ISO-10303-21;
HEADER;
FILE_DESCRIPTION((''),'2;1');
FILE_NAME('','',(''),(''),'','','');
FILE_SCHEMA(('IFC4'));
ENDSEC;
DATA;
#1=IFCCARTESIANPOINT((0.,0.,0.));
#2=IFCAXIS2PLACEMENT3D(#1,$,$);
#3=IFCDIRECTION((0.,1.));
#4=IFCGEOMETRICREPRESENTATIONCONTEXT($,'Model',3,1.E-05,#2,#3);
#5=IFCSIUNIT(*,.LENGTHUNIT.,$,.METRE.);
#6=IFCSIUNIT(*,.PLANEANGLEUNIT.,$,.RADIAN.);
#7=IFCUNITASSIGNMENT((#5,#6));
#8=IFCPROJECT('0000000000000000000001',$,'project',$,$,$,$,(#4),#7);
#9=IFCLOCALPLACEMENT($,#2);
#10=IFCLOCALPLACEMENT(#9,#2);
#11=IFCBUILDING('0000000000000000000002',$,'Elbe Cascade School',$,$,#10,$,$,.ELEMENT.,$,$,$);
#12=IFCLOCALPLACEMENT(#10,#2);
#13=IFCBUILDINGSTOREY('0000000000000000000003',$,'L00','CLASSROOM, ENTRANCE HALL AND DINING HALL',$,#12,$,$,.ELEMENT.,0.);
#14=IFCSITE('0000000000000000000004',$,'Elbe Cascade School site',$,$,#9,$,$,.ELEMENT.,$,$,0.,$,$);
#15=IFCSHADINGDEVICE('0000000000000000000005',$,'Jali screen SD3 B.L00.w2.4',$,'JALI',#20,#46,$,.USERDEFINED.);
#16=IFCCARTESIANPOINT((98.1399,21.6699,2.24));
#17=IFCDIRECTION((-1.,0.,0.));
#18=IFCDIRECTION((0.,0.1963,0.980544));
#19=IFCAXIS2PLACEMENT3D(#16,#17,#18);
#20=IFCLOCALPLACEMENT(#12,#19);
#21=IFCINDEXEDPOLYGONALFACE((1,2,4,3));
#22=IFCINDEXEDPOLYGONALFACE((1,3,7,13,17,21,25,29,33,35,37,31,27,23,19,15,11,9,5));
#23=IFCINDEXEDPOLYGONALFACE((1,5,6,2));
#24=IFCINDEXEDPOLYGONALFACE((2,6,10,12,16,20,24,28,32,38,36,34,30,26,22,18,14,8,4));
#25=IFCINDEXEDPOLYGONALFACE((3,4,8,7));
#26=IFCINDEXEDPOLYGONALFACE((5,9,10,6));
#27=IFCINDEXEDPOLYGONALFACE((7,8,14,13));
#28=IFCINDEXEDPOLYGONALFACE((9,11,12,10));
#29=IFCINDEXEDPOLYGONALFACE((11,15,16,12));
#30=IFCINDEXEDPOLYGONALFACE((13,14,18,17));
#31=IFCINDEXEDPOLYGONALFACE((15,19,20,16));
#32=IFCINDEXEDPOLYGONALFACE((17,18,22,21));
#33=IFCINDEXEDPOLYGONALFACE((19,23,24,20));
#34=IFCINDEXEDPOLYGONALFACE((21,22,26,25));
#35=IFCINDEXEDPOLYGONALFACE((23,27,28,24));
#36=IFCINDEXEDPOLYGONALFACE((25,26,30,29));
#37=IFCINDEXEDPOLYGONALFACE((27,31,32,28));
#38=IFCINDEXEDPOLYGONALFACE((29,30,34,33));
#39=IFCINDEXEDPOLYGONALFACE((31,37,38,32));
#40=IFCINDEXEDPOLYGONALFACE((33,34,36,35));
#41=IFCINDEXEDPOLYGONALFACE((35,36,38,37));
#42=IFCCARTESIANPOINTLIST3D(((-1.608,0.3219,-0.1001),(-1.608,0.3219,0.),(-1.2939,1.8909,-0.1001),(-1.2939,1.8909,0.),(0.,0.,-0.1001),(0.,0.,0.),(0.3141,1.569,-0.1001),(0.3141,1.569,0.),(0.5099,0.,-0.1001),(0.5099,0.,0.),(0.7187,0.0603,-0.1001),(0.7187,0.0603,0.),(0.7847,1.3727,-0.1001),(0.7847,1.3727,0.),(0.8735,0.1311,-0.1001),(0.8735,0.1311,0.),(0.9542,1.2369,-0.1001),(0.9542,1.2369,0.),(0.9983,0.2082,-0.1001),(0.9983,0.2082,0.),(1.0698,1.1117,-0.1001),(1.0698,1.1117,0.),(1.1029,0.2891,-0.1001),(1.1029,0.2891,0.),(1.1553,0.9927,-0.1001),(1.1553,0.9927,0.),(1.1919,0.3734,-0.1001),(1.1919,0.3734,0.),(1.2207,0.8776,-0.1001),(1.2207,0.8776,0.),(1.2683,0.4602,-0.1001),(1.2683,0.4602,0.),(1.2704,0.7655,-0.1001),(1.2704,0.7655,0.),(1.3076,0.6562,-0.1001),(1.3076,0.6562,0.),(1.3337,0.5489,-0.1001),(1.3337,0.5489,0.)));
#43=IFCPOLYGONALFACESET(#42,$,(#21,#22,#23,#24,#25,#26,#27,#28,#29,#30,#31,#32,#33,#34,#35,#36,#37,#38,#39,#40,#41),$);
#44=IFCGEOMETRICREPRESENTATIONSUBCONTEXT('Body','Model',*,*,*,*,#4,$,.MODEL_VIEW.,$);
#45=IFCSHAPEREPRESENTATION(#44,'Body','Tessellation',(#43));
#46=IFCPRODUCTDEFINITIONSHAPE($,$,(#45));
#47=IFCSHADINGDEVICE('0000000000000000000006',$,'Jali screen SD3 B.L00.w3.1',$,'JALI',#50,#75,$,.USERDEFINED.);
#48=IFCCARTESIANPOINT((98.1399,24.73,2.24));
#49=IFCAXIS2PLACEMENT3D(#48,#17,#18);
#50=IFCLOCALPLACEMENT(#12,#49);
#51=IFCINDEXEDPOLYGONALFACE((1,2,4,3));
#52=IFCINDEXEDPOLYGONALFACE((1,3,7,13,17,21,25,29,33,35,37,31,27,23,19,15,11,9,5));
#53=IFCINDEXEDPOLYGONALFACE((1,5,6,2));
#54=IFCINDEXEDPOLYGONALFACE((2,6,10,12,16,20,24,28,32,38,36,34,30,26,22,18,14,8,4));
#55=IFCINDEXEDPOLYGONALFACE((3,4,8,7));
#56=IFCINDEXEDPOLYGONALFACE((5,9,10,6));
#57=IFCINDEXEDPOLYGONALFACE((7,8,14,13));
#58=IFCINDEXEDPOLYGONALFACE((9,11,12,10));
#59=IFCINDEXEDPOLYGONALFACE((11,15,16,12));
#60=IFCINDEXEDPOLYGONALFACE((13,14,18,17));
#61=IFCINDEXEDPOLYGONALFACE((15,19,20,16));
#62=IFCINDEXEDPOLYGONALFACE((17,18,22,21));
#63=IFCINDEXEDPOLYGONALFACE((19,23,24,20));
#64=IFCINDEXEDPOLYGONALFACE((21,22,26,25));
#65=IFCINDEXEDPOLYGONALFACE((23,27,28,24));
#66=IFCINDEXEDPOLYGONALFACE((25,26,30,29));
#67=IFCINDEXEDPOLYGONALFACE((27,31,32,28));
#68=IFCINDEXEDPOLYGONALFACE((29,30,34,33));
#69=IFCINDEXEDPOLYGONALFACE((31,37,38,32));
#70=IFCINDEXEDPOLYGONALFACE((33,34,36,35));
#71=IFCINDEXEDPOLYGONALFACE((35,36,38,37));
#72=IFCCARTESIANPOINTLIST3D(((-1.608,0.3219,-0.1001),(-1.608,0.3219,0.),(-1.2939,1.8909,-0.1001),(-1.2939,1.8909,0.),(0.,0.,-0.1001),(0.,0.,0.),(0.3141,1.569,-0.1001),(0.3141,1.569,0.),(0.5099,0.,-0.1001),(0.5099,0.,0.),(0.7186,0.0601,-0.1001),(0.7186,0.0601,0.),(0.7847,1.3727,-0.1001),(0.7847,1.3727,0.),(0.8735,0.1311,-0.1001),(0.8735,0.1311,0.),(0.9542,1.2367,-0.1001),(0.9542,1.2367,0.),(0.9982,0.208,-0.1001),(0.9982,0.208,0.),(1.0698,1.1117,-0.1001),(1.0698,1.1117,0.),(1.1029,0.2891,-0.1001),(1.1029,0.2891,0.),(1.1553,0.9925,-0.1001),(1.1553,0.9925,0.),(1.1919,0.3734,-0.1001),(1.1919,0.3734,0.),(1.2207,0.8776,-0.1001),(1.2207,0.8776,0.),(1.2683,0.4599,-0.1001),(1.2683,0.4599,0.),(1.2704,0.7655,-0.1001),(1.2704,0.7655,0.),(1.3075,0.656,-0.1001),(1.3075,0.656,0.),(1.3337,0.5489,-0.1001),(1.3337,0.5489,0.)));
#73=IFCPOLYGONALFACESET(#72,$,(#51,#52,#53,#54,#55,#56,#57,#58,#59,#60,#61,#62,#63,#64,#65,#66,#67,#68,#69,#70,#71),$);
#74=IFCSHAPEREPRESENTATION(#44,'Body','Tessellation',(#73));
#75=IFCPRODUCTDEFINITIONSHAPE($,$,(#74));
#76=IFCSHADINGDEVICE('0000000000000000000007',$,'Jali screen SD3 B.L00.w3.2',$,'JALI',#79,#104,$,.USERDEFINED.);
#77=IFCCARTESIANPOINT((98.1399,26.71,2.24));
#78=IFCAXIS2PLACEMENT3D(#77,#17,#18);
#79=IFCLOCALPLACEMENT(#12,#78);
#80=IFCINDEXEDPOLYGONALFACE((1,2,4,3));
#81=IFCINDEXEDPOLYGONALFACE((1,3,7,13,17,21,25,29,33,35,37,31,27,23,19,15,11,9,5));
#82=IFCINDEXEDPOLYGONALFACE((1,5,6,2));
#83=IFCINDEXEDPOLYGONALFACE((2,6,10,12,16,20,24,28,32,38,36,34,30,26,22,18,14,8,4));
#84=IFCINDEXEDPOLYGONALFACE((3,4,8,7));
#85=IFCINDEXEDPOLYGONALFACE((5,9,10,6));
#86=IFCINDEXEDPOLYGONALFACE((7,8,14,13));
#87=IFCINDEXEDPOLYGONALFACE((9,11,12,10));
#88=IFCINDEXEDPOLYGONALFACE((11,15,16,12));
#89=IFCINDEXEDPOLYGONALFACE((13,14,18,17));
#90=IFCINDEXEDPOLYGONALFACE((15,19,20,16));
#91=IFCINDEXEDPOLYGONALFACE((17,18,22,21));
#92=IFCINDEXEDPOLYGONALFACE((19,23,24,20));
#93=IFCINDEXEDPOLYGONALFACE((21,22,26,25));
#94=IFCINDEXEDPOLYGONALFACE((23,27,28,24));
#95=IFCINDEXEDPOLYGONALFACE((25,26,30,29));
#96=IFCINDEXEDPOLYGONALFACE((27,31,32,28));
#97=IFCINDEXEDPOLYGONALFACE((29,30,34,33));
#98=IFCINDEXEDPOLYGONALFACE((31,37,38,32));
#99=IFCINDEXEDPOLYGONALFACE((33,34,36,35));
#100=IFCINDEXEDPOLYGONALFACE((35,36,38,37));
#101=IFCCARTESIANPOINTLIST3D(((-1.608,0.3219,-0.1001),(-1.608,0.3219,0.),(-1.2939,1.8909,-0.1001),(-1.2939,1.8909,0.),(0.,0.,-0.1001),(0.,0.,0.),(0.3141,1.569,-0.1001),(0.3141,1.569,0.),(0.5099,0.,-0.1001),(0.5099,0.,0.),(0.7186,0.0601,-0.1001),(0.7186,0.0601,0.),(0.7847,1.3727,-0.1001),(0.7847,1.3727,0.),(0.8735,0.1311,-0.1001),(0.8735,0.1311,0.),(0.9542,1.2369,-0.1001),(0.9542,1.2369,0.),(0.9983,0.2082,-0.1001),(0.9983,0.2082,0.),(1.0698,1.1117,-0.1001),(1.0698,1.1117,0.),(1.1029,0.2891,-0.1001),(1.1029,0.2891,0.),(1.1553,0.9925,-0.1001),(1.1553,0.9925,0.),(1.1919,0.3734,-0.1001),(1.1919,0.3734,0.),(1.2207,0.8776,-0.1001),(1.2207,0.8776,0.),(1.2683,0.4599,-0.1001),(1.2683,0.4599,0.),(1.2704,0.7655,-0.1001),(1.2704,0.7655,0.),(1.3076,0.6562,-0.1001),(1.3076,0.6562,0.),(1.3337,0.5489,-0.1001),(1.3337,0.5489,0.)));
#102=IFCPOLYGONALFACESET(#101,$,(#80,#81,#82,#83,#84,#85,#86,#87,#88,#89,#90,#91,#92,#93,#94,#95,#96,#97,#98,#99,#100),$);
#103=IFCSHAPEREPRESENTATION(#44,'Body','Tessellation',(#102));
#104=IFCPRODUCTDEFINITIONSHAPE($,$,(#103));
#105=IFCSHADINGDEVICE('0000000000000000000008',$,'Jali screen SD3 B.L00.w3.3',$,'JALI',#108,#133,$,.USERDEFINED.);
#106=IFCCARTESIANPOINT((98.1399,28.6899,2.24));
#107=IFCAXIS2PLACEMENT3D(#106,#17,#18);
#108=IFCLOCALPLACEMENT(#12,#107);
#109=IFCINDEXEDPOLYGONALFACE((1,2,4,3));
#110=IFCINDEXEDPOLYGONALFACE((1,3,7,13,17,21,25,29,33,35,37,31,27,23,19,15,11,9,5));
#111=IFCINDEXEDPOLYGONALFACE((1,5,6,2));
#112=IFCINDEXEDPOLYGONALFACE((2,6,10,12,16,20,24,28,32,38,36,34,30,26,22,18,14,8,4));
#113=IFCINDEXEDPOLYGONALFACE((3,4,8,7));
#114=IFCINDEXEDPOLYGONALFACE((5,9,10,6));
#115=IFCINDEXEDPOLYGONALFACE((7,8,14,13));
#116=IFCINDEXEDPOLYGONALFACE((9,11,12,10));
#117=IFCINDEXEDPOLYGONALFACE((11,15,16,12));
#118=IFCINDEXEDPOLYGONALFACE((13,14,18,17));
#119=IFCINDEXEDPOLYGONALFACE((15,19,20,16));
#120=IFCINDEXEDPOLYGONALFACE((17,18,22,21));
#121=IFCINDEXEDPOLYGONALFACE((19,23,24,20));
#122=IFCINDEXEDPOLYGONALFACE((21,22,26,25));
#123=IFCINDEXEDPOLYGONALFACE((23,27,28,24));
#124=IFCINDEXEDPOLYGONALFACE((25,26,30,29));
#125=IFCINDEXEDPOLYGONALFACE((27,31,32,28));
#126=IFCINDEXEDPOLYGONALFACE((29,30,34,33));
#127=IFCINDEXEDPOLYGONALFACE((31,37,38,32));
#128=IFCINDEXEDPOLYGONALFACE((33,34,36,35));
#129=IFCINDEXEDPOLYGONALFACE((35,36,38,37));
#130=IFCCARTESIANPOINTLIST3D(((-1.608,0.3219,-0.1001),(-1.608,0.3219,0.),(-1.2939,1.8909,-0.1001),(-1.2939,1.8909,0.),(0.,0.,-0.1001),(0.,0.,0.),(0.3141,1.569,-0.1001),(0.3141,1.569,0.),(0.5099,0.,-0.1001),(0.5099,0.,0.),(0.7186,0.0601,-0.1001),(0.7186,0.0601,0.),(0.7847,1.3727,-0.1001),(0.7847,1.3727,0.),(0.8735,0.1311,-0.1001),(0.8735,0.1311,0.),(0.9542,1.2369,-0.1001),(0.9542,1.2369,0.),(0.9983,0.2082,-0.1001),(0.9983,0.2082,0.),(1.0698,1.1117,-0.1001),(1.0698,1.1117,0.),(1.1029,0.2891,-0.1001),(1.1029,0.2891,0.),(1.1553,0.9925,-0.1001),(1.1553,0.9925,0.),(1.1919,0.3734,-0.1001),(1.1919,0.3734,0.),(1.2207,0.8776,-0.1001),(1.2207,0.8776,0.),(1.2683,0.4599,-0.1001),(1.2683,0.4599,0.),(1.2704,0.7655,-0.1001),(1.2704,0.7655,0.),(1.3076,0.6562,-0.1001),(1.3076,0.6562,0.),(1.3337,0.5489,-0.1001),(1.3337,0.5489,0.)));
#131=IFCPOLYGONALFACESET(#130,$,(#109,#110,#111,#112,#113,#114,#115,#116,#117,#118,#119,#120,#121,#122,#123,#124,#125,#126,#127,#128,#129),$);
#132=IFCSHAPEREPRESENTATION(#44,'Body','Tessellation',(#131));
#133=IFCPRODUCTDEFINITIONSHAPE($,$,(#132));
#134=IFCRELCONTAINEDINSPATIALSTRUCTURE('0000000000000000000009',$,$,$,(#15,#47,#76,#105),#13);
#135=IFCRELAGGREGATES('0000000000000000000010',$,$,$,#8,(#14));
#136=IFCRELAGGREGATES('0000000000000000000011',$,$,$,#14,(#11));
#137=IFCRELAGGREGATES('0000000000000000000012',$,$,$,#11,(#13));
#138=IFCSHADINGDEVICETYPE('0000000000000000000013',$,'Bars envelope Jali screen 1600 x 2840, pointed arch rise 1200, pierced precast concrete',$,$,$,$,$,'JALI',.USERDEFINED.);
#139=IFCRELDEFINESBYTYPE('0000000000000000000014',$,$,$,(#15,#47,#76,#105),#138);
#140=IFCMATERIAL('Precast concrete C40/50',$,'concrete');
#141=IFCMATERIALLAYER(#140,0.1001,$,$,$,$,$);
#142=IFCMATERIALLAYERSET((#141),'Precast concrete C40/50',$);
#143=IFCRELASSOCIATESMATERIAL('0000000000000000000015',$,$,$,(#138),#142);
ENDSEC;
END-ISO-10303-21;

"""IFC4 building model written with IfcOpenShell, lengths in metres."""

from ifc_helpers import new_model, si_unit, direction, frame, origin, place, context, subcontext, project, spatial, polyline, outline, extrude, material, layer, layer_set, type_object, element, save


model = new_model("IFC4")

# Units and contexts
model_context = context("Model", 3, precision=1e-05, world=origin(), true_north=direction((0.0, 1.0)))
body_context = subcontext(model_context, "Body", "Model", "MODEL_VIEW")
ifc_project = project(units=[si_unit("LENGTHUNIT", "METRE"), si_unit("PLANEANGLEUNIT", "RADIAN")], contexts=[model_context])

# Site, building, storey
site_placement = place(None, origin())
site = spatial("IfcSite", under=ifc_project, at=site_placement, Name="Elbe Cascade School site", CompositionType="ELEMENT", RefElevation=0.0)
building_placement = place(site_placement, origin())
building = spatial("IfcBuilding", under=site, at=building_placement, Name="Elbe Cascade School", CompositionType="ELEMENT")
storey_placement = place(building_placement, origin())
storey = spatial("IfcBuildingStorey", under=building, at=storey_placement, Name="L00", Description="CLASSROOM, ENTRANCE HALL AND DINING HALL", CompositionType="ELEMENT", Elevation=0.0)

# Shading devices
ifc_material_1 = material(Name="Precast concrete C40/50", Category="concrete")
ifc_layer_1 = layer(ifc_material_1, 0.1001)
ifc_layer_set_1 = layer_set([ifc_layer_1], Name="Precast concrete C40/50")
shading_device_type_1 = type_object("IfcShadingDeviceType", Name="Bars envelope Jali screen 1600 x 2840, pointed arch rise 1200, pierced precast concrete", ElementType="JALI", PredefinedType="USERDEFINED", material=ifc_layer_set_1)
shading_device_1_placement = place(storey_placement, frame((98.1399, 21.6699, 2.24), z_axis=(-1.0, 0.0, 0.0), x_axis=(0.0, 0.1963, 0.980544)))
element("IfcShadingDevice", 1, at=shading_device_1_placement, inside=storey, type_object=shading_device_type_1, Name="Jali screen SD3 B.L00.w2.4", ObjectType="JALI", PredefinedType="USERDEFINED", context=body_context, shape_type="SweptSolid", body=[
    extrude(outline(polyline([(0.0, 0.0), (0.5099, 0.0), (0.7187, 0.0603), (0.8735, 0.1311), (0.9983, 0.2082), (1.1029, 0.2891), (1.1919, 0.3734), (1.2683, 0.4602), (1.3337, 0.5489), (1.3076, 0.6562), (1.2704, 0.7655), (1.2207, 0.8776), (1.1553, 0.9927), (1.0698, 1.1117), (0.9542, 1.2369), (0.7847, 1.3727), (0.3141, 1.569), (-1.2939, 1.8909), (-1.608, 0.3219), (0.0, 0.0)])), origin(), (0.0, 0.0, -1.0), 0.1001),
])
shading_device_2_placement = place(storey_placement, frame((98.1399, 24.73, 2.24), z_axis=(-1.0, 0.0, 0.0), x_axis=(0.0, 0.1963, 0.980544)))
element("IfcShadingDevice", 2, at=shading_device_2_placement, inside=storey, type_object=shading_device_type_1, Name="Jali screen SD3 B.L00.w3.1", ObjectType="JALI", PredefinedType="USERDEFINED", context=body_context, shape_type="SweptSolid", body=[
    extrude(outline(polyline([(0.0, 0.0), (0.5099, 0.0), (0.7186, 0.0601), (0.8735, 0.1311), (0.9982, 0.208), (1.1029, 0.2891), (1.1919, 0.3734), (1.2683, 0.4599), (1.3337, 0.5489), (1.3075, 0.656), (1.2704, 0.7655), (1.2207, 0.8776), (1.1553, 0.9925), (1.0698, 1.1117), (0.9542, 1.2367), (0.7847, 1.3727), (0.3141, 1.569), (-1.2939, 1.8909), (-1.608, 0.3219), (0.0, 0.0)])), origin(), (0.0, 0.0, -1.0), 0.1001),
])
for number, where, z_axis, x_axis, name in (
    (3, (98.1399, 26.71, 2.24), (-1.0, 0.0, 0.0), (0.0, 0.1963, 0.980544), "Jali screen SD3 B.L00.w3.2"),
    (4, (98.1399, 28.6899, 2.24), (-1.0, 0.0, 0.0), (0.0, 0.1963, 0.980544), "Jali screen SD3 B.L00.w3.3"),
):
    element("IfcShadingDevice", number, at=place(storey_placement, frame(where, z_axis=z_axis, x_axis=x_axis)), inside=storey, type_object=shading_device_type_1, Name=name, ObjectType="JALI", PredefinedType="USERDEFINED", context=body_context, shape_type="SweptSolid", body=[
        extrude(outline(polyline([(0.0, 0.0), (0.5099, 0.0), (0.7186, 0.0601), (0.8735, 0.1311), (0.9983, 0.2082), (1.1029, 0.2891), (1.1919, 0.3734), (1.2683, 0.4599), (1.3337, 0.5489), (1.3076, 0.6562), (1.2704, 0.7655), (1.2207, 0.8776), (1.1553, 0.9925), (1.0698, 1.1117), (0.9542, 1.2369), (0.7847, 1.3727), (0.3141, 1.569), (-1.2939, 1.8909), (-1.608, 0.3219), (0.0, 0.0)])), origin(), (0.0, 0.0, -1.0), 0.1001),
    ])

save(model, "model.ifc")
